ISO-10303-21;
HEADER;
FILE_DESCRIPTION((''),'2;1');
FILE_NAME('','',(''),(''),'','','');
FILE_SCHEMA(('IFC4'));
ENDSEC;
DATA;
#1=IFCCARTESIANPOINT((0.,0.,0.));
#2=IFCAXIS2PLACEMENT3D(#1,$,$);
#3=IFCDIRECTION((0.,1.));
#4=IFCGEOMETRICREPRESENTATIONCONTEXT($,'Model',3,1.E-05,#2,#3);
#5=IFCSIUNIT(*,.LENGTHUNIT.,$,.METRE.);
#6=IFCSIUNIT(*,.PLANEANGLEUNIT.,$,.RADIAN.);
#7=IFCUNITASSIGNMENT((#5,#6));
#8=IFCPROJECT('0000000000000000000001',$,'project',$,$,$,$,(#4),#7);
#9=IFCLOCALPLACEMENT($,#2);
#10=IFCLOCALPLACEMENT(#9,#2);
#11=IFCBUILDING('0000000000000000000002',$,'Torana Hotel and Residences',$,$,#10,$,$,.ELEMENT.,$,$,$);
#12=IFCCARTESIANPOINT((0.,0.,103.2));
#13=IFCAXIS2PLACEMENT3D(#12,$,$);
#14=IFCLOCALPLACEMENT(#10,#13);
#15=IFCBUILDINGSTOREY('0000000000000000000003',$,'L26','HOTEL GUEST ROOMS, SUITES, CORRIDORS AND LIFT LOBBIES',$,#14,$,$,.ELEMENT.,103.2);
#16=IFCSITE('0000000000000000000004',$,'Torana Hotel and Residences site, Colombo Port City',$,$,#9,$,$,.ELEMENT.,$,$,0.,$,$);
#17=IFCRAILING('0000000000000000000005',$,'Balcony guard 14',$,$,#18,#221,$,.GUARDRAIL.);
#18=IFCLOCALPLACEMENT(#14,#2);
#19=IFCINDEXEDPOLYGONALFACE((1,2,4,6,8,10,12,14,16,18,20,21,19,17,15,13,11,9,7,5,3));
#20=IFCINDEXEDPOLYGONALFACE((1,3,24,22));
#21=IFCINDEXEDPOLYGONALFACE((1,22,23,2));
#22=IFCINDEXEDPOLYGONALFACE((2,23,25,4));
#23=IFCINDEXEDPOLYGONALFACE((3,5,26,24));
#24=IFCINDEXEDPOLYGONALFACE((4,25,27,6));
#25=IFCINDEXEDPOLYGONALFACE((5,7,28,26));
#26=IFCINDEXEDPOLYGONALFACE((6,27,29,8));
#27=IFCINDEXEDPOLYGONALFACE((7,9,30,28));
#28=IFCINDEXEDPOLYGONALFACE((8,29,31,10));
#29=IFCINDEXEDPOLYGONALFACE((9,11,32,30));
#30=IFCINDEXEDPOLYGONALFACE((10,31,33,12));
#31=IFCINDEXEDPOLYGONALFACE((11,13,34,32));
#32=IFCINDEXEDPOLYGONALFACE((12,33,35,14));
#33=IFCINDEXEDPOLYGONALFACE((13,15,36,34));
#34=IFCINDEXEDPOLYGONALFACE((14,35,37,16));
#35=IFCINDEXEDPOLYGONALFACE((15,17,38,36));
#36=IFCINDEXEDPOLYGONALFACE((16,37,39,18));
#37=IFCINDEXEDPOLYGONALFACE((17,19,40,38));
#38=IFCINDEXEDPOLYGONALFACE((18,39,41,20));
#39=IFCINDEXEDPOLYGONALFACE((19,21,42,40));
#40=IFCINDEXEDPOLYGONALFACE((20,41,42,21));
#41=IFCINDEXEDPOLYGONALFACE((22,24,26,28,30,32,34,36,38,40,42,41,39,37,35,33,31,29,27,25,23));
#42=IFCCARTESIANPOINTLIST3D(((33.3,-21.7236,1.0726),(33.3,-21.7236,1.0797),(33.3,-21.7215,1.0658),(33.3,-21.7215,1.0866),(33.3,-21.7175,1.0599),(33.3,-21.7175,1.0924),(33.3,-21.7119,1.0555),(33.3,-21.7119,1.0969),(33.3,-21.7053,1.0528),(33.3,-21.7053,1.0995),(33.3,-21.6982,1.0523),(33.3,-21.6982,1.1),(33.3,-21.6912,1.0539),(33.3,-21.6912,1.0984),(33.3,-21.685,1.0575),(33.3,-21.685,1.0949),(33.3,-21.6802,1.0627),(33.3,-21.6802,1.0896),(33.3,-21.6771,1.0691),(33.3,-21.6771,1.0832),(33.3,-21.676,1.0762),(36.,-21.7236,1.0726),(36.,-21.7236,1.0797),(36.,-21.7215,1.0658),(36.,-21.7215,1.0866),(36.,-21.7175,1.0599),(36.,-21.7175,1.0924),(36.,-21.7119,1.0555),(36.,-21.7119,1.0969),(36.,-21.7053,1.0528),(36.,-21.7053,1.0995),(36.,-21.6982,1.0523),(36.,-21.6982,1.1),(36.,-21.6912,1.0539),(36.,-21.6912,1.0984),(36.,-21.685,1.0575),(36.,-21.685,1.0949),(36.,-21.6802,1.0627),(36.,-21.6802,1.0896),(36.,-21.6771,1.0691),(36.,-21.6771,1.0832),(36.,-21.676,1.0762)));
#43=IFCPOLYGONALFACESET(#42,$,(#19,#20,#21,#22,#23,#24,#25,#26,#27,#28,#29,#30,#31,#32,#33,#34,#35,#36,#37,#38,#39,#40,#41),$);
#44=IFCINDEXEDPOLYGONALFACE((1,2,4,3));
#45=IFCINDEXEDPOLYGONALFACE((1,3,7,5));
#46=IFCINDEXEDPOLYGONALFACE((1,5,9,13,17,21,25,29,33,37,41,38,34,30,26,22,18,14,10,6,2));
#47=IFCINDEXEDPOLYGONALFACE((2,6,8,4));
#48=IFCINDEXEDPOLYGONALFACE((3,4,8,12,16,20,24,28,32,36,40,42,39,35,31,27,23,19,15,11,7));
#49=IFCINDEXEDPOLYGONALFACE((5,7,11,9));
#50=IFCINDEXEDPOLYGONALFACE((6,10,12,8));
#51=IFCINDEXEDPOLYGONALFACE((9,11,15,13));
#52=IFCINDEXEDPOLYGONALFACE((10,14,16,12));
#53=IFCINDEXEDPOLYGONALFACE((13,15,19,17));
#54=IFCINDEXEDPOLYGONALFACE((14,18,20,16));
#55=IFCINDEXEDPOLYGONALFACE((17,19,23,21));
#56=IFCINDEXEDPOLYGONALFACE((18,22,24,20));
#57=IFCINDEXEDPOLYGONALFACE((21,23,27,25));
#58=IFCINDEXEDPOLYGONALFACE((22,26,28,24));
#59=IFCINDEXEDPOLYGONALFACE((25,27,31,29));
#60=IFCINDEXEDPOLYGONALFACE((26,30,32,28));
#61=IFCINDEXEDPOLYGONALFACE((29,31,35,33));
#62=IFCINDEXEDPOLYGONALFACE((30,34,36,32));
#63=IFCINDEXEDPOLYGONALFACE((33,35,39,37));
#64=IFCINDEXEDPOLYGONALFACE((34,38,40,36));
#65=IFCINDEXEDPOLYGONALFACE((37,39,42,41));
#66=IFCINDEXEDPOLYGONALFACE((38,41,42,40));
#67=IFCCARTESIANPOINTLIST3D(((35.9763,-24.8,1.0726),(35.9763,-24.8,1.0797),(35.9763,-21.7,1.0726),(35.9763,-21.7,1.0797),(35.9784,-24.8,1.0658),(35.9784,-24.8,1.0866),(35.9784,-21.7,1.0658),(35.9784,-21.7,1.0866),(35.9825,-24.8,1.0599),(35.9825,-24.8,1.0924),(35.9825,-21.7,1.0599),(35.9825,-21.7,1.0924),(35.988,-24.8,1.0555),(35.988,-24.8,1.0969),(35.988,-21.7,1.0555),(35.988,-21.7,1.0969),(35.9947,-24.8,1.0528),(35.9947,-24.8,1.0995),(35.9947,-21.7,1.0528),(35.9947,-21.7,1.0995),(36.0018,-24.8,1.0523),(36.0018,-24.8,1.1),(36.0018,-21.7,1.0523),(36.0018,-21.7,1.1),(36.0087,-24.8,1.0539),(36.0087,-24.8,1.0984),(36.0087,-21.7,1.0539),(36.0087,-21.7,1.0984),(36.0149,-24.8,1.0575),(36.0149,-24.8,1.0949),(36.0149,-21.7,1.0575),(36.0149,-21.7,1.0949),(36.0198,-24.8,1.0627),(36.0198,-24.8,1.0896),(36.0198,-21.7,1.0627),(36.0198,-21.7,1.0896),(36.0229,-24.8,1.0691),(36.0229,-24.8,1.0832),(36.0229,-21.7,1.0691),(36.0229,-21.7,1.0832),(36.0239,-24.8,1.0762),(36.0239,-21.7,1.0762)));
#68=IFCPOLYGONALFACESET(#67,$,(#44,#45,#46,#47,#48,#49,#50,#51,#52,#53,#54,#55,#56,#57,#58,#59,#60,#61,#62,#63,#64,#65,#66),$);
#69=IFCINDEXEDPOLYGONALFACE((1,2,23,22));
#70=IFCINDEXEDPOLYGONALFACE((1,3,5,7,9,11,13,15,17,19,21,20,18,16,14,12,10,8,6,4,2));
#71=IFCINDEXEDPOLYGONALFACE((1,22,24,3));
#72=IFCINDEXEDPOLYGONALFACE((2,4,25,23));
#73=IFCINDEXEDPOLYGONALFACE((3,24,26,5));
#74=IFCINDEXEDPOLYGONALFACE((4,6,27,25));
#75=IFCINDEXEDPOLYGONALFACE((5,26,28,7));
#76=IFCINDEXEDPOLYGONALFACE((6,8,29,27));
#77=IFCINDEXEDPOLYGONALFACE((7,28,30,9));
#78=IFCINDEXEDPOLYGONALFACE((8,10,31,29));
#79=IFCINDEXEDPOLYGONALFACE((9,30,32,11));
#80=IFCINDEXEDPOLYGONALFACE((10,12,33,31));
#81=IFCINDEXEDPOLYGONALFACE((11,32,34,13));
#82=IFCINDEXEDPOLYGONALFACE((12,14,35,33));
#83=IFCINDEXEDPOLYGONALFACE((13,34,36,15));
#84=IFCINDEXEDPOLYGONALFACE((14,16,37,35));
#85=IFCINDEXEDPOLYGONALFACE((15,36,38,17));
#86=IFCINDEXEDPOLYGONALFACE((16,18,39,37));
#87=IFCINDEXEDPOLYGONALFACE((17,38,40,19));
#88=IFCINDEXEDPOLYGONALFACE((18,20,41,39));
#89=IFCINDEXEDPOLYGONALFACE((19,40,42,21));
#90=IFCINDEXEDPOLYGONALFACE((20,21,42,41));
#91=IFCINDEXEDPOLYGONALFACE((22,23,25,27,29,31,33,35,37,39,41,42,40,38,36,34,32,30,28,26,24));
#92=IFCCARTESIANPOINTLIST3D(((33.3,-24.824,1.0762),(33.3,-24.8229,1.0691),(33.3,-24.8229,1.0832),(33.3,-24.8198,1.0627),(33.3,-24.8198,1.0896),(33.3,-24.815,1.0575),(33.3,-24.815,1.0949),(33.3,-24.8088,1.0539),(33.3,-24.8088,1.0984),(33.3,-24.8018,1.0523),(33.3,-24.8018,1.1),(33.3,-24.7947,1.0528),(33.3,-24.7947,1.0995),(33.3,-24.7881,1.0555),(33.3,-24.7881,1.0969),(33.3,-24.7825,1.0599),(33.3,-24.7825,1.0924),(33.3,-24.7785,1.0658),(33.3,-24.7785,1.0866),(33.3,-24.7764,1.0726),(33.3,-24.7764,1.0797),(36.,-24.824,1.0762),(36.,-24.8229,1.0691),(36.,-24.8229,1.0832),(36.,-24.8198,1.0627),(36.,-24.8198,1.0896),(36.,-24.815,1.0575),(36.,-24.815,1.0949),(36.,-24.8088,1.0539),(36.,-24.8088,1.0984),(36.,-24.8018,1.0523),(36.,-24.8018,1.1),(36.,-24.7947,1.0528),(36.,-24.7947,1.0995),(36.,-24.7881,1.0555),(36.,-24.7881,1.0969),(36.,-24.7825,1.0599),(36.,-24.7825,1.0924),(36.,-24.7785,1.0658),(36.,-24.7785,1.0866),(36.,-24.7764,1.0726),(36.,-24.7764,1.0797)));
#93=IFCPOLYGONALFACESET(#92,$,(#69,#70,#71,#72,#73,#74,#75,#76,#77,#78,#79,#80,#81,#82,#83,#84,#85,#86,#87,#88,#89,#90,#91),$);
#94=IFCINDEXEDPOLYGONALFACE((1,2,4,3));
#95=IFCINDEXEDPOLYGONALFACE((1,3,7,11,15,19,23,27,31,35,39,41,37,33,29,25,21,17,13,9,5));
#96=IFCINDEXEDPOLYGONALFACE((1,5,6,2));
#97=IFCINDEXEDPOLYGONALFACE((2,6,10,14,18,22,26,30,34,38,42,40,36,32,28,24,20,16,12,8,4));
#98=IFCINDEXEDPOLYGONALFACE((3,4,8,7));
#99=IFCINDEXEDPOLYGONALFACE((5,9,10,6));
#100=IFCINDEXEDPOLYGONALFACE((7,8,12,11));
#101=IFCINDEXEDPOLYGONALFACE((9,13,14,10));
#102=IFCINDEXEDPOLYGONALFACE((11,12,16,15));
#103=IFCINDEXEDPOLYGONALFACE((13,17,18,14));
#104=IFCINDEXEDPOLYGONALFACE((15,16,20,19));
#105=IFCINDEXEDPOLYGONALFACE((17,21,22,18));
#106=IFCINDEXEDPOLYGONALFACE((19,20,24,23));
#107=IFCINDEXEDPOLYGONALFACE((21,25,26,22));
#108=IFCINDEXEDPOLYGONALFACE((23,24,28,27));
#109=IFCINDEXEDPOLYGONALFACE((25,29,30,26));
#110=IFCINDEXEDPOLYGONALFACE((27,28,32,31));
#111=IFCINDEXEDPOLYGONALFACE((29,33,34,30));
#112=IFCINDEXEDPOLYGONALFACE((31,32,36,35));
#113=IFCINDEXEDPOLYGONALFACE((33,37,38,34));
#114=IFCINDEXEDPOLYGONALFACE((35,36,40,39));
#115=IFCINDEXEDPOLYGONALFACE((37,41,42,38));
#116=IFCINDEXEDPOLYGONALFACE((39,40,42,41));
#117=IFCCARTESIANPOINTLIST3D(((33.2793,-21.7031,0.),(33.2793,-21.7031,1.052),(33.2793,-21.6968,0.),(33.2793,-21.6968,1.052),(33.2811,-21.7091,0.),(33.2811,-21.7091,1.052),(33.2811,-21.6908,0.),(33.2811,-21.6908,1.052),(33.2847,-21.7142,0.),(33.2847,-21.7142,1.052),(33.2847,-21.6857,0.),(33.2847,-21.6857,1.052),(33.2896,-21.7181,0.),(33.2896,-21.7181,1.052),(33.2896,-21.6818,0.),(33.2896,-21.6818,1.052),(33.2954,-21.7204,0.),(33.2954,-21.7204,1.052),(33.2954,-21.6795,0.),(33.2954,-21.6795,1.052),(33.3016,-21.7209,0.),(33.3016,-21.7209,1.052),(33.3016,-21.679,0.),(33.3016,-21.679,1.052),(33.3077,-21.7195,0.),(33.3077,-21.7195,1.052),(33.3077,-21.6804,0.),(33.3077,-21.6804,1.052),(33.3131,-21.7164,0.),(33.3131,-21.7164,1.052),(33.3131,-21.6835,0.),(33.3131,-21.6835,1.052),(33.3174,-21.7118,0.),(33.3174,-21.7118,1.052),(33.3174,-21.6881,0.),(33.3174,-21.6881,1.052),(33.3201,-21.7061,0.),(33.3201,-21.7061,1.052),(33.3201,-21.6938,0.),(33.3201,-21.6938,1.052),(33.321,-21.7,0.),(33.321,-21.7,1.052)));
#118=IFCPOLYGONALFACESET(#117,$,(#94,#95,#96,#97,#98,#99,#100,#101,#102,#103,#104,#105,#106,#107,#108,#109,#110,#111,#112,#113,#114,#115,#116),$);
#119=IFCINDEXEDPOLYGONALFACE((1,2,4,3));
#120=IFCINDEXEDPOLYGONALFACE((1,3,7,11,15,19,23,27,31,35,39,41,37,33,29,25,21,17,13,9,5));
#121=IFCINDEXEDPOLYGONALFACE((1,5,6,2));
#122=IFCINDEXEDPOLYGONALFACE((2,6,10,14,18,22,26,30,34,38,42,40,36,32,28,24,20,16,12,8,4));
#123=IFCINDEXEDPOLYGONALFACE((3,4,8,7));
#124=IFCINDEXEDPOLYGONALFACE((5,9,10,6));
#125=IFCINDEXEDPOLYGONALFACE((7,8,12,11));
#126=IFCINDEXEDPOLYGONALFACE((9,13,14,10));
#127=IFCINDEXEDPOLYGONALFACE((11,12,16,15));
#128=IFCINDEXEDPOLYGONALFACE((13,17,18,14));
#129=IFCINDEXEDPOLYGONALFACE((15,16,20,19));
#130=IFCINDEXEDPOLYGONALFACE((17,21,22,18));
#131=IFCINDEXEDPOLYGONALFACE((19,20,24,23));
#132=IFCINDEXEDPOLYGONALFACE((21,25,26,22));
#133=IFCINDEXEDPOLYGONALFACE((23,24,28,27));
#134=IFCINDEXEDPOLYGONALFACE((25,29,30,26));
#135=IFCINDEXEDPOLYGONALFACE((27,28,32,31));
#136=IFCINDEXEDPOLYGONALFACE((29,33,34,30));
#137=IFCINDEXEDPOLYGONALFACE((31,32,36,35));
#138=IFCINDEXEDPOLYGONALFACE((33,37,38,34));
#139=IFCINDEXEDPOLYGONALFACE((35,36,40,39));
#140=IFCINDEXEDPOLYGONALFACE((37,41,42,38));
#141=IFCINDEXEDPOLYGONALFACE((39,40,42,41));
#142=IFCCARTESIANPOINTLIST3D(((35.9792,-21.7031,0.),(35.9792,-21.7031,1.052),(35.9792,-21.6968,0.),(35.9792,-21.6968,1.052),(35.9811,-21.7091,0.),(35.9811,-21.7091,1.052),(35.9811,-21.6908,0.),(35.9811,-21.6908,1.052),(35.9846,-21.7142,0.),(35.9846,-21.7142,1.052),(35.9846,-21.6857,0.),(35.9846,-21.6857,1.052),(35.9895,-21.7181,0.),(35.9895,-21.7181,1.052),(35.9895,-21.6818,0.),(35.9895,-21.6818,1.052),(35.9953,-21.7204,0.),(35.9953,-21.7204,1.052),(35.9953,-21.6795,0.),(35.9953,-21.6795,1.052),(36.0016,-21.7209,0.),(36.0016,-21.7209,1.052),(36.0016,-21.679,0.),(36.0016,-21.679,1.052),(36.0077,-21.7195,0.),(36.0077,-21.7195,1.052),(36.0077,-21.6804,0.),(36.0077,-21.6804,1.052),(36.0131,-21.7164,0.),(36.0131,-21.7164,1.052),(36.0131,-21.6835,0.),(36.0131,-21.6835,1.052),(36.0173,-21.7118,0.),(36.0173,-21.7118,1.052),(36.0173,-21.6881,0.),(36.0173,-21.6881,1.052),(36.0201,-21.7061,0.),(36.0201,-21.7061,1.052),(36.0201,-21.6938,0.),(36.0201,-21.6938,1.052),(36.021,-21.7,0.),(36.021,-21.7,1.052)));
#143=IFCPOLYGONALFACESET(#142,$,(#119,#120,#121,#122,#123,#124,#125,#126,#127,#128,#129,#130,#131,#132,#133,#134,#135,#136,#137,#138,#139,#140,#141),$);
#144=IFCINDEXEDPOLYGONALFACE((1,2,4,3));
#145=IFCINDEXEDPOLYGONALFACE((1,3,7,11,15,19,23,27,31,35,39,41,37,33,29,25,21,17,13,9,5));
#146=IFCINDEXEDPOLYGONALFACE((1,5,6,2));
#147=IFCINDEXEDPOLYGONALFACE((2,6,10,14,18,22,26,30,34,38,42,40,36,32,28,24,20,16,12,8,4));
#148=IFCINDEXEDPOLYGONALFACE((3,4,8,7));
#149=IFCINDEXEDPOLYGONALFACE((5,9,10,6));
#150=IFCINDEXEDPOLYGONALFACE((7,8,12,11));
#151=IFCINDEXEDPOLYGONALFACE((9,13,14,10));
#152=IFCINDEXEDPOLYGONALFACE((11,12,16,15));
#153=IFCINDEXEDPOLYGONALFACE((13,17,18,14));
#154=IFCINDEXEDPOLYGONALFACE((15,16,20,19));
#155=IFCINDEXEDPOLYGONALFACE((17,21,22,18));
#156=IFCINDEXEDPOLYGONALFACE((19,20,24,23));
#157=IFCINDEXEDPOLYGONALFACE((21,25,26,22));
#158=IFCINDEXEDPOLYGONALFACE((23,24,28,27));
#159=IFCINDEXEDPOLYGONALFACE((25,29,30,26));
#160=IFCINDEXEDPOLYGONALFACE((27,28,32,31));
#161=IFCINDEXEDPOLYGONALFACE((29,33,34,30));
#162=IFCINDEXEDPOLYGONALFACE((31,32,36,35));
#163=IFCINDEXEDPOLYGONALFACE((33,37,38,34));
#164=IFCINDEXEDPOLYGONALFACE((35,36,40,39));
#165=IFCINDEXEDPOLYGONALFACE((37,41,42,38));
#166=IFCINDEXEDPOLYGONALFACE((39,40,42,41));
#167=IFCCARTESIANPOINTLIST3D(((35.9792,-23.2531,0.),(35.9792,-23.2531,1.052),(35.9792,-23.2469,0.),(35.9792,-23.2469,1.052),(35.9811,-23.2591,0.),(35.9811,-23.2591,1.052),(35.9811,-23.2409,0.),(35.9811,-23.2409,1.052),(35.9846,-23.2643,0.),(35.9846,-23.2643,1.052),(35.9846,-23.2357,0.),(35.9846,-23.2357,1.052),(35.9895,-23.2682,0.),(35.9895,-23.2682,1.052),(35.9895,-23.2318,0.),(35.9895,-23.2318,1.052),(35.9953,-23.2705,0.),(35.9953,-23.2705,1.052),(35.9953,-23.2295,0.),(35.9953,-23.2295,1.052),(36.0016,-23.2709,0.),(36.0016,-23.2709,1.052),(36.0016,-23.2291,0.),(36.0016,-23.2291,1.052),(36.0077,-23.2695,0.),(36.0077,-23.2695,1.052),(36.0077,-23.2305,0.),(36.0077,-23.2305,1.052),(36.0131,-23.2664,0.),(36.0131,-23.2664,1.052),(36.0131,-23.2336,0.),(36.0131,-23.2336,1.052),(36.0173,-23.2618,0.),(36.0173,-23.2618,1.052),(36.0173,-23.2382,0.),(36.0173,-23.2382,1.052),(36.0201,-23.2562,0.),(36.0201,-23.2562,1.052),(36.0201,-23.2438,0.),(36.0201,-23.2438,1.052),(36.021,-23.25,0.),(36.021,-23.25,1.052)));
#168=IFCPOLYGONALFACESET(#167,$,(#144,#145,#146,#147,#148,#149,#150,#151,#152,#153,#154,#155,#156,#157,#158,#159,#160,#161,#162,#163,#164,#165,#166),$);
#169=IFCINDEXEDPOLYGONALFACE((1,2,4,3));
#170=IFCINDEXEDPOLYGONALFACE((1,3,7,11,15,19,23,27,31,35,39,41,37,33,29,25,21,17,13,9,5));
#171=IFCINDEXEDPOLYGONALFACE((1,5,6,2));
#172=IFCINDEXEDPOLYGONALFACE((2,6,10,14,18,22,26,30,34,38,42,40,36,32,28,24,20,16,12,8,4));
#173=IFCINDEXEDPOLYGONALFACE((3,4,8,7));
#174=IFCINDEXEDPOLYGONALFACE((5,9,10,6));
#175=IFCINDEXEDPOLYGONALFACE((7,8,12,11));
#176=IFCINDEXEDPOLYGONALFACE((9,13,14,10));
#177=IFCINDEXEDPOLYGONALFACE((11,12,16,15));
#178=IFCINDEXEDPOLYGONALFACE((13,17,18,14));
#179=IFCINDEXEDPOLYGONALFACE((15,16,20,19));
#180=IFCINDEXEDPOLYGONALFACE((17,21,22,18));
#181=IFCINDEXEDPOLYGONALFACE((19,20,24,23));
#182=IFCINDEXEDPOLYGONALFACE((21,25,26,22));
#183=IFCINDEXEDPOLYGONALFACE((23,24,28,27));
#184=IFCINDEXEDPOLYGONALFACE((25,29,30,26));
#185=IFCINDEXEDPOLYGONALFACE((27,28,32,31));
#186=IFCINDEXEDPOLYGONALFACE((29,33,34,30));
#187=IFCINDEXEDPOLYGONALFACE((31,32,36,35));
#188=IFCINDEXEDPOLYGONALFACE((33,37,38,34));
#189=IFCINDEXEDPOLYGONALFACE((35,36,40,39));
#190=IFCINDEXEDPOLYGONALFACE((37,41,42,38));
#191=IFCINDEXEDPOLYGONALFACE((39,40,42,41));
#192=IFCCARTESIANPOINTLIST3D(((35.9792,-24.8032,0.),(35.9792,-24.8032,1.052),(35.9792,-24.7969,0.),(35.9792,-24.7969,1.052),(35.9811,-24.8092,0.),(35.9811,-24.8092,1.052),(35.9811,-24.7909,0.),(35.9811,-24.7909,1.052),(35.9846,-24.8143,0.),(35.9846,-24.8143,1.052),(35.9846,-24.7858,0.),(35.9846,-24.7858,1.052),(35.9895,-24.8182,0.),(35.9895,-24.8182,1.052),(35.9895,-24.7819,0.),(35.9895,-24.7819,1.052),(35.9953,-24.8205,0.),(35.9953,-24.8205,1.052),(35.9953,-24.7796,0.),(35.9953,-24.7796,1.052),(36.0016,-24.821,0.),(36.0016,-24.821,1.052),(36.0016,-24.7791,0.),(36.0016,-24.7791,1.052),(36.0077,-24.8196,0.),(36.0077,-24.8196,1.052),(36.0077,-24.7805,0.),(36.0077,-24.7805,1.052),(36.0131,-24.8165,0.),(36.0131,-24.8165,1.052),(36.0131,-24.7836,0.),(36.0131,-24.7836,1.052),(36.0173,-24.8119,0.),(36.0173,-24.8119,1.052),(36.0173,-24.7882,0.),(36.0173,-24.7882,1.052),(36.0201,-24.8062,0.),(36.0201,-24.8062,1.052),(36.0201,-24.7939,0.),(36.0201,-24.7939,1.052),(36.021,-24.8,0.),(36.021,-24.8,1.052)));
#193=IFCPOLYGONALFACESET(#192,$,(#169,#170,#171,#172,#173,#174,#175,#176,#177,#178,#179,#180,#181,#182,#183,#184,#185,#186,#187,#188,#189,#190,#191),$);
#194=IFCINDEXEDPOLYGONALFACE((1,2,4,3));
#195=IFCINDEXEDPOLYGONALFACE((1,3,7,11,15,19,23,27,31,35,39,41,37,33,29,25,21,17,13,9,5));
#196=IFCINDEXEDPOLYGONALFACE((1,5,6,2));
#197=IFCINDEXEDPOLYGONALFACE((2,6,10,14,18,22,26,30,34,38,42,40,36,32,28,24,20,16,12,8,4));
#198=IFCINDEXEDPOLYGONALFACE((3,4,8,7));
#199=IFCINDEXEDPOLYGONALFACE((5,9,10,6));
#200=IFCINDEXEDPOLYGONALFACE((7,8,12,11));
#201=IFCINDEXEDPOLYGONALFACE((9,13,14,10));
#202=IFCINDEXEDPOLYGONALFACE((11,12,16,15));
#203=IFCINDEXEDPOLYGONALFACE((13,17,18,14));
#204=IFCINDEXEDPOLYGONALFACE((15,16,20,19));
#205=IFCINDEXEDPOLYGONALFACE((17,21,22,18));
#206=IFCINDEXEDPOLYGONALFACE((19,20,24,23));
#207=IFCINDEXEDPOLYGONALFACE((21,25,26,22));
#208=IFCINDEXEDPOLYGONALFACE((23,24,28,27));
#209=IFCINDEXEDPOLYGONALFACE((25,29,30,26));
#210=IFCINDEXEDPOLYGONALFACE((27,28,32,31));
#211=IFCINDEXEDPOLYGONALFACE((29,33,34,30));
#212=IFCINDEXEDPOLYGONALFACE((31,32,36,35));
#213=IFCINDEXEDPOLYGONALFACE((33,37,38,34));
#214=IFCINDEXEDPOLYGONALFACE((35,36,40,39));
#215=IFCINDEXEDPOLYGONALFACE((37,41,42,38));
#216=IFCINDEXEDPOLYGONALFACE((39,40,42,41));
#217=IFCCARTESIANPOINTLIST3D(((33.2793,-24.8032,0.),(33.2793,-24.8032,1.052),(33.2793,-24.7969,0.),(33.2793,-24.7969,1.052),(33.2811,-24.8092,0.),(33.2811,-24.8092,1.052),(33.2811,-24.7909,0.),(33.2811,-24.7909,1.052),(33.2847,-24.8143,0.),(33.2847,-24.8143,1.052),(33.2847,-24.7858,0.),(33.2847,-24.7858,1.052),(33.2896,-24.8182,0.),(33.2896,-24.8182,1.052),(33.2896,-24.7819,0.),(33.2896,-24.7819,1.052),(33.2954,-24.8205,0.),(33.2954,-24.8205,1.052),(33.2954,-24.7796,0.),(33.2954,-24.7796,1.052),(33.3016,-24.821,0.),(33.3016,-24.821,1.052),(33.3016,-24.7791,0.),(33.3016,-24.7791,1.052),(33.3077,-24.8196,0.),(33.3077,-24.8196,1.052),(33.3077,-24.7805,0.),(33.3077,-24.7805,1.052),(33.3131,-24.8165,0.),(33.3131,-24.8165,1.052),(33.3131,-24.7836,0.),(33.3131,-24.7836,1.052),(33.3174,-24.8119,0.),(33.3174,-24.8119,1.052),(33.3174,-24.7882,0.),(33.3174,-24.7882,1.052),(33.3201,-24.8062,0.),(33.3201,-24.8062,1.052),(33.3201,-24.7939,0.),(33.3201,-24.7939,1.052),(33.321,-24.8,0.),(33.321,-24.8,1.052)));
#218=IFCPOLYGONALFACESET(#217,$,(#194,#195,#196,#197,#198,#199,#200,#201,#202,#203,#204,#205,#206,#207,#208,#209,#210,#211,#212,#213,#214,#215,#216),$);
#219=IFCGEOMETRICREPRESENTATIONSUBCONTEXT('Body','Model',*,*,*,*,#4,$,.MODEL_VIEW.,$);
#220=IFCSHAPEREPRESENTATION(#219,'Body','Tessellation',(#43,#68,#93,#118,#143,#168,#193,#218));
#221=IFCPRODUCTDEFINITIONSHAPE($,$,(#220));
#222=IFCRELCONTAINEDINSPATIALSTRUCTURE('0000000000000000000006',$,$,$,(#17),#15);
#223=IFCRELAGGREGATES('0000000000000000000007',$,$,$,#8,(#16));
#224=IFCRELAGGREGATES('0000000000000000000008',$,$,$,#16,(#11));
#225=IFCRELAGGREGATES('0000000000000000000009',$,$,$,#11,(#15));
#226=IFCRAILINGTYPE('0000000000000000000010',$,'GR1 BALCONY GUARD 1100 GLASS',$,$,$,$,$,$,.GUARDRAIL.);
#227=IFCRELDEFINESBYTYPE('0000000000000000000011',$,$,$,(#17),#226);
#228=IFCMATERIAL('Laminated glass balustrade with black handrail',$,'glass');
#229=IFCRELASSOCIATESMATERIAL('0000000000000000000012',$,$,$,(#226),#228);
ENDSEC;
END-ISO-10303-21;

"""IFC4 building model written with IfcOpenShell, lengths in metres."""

from ifc_helpers import new_model, si_unit, direction, frame, origin, origin_2d, place, context, subcontext, project, spatial, circle, extrude, material, type_object, element, save


model = new_model("IFC4")

# Units and contexts
model_context = context("Model", 3, precision=1e-05, world=origin(), true_north=direction((0.0, 1.0)))
body_context = subcontext(model_context, "Body", "Model", "MODEL_VIEW")
ifc_project = project(units=[si_unit("LENGTHUNIT", "METRE"), si_unit("PLANEANGLEUNIT", "RADIAN")], contexts=[model_context])

# Site, building, storey
site_placement = place(None, origin())
site = spatial("IfcSite", under=ifc_project, at=site_placement, Name="Torana Hotel and Residences site, Colombo Port City", CompositionType="ELEMENT", RefElevation=0.0)
building_placement = place(site_placement, origin())
building = spatial("IfcBuilding", under=site, at=building_placement, Name="Torana Hotel and Residences", CompositionType="ELEMENT")
storey_placement = place(building_placement, frame((0.0, 0.0, 103.2)))
storey = spatial("IfcBuildingStorey", under=building, at=storey_placement, Name="L26", Description="HOTEL GUEST ROOMS, SUITES, CORRIDORS AND LIFT LOBBIES", CompositionType="ELEMENT", Elevation=103.2)

# Railing
ifc_material_1 = material(Name="Laminated glass balustrade with black handrail", Category="glass")
railing_type = type_object("IfcRailingType", Name="GR1 BALCONY GUARD 1100 GLASS", PredefinedType="GUARDRAIL", material=ifc_material_1)
railing_1_placement = place(storey_placement, frame((33.3, -21.7, 0.0)))
element("IfcRailing", 1, at=railing_1_placement, inside=storey, type_object=railing_type, Name="Balcony guard 14", PredefinedType="GUARDRAIL", context=body_context, shape_type="SweptSolid", body=[
    extrude(circle(Radius=0.0239, at=origin_2d()), frame((0.0, 0.0, 1.0762), z_axis=(1.0, 0.0, 0.0), x_axis=(0.0, 1.0, 0.0)), (0.0, 0.0, 1.0), 2.7),
    extrude(circle(Radius=0.0239, at=origin_2d()), frame((2.7, 0.0, 1.0762), z_axis=(0.0, -1.0, 0.0), x_axis=(1.0, 0.0, 0.0)), (0.0, 0.0, 1.0), 3.1001),
    extrude(circle(Radius=0.0239, at=origin_2d()), frame((2.7, -3.1001, 1.0762), z_axis=(-1.0, 0.0, 0.0), x_axis=(0.0, -1.0, 0.0)), (0.0, 0.0, 1.0), 2.7),
    extrude(circle(Radius=0.021, at=origin_2d()), origin(), (0.0, 0.0, 1.0), 1.052),
    extrude(circle(Radius=0.021, at=origin_2d()), frame((2.7, 0.0, 0.0)), (0.0, 0.0, 1.0), 1.052),
    extrude(circle(Radius=0.021, at=origin_2d()), frame((2.7, -1.55, 0.0)), (0.0, 0.0, 1.0), 1.052),
    extrude(circle(Radius=0.021, at=origin_2d()), frame((2.7, -3.1001, 0.0)), (0.0, 0.0, 1.0), 1.052),
    extrude(circle(Radius=0.021, at=origin_2d()), frame((0.0, -3.1001, 0.0)), (0.0, 0.0, 1.0), 1.052),
])

save(model, "model.ifc")
